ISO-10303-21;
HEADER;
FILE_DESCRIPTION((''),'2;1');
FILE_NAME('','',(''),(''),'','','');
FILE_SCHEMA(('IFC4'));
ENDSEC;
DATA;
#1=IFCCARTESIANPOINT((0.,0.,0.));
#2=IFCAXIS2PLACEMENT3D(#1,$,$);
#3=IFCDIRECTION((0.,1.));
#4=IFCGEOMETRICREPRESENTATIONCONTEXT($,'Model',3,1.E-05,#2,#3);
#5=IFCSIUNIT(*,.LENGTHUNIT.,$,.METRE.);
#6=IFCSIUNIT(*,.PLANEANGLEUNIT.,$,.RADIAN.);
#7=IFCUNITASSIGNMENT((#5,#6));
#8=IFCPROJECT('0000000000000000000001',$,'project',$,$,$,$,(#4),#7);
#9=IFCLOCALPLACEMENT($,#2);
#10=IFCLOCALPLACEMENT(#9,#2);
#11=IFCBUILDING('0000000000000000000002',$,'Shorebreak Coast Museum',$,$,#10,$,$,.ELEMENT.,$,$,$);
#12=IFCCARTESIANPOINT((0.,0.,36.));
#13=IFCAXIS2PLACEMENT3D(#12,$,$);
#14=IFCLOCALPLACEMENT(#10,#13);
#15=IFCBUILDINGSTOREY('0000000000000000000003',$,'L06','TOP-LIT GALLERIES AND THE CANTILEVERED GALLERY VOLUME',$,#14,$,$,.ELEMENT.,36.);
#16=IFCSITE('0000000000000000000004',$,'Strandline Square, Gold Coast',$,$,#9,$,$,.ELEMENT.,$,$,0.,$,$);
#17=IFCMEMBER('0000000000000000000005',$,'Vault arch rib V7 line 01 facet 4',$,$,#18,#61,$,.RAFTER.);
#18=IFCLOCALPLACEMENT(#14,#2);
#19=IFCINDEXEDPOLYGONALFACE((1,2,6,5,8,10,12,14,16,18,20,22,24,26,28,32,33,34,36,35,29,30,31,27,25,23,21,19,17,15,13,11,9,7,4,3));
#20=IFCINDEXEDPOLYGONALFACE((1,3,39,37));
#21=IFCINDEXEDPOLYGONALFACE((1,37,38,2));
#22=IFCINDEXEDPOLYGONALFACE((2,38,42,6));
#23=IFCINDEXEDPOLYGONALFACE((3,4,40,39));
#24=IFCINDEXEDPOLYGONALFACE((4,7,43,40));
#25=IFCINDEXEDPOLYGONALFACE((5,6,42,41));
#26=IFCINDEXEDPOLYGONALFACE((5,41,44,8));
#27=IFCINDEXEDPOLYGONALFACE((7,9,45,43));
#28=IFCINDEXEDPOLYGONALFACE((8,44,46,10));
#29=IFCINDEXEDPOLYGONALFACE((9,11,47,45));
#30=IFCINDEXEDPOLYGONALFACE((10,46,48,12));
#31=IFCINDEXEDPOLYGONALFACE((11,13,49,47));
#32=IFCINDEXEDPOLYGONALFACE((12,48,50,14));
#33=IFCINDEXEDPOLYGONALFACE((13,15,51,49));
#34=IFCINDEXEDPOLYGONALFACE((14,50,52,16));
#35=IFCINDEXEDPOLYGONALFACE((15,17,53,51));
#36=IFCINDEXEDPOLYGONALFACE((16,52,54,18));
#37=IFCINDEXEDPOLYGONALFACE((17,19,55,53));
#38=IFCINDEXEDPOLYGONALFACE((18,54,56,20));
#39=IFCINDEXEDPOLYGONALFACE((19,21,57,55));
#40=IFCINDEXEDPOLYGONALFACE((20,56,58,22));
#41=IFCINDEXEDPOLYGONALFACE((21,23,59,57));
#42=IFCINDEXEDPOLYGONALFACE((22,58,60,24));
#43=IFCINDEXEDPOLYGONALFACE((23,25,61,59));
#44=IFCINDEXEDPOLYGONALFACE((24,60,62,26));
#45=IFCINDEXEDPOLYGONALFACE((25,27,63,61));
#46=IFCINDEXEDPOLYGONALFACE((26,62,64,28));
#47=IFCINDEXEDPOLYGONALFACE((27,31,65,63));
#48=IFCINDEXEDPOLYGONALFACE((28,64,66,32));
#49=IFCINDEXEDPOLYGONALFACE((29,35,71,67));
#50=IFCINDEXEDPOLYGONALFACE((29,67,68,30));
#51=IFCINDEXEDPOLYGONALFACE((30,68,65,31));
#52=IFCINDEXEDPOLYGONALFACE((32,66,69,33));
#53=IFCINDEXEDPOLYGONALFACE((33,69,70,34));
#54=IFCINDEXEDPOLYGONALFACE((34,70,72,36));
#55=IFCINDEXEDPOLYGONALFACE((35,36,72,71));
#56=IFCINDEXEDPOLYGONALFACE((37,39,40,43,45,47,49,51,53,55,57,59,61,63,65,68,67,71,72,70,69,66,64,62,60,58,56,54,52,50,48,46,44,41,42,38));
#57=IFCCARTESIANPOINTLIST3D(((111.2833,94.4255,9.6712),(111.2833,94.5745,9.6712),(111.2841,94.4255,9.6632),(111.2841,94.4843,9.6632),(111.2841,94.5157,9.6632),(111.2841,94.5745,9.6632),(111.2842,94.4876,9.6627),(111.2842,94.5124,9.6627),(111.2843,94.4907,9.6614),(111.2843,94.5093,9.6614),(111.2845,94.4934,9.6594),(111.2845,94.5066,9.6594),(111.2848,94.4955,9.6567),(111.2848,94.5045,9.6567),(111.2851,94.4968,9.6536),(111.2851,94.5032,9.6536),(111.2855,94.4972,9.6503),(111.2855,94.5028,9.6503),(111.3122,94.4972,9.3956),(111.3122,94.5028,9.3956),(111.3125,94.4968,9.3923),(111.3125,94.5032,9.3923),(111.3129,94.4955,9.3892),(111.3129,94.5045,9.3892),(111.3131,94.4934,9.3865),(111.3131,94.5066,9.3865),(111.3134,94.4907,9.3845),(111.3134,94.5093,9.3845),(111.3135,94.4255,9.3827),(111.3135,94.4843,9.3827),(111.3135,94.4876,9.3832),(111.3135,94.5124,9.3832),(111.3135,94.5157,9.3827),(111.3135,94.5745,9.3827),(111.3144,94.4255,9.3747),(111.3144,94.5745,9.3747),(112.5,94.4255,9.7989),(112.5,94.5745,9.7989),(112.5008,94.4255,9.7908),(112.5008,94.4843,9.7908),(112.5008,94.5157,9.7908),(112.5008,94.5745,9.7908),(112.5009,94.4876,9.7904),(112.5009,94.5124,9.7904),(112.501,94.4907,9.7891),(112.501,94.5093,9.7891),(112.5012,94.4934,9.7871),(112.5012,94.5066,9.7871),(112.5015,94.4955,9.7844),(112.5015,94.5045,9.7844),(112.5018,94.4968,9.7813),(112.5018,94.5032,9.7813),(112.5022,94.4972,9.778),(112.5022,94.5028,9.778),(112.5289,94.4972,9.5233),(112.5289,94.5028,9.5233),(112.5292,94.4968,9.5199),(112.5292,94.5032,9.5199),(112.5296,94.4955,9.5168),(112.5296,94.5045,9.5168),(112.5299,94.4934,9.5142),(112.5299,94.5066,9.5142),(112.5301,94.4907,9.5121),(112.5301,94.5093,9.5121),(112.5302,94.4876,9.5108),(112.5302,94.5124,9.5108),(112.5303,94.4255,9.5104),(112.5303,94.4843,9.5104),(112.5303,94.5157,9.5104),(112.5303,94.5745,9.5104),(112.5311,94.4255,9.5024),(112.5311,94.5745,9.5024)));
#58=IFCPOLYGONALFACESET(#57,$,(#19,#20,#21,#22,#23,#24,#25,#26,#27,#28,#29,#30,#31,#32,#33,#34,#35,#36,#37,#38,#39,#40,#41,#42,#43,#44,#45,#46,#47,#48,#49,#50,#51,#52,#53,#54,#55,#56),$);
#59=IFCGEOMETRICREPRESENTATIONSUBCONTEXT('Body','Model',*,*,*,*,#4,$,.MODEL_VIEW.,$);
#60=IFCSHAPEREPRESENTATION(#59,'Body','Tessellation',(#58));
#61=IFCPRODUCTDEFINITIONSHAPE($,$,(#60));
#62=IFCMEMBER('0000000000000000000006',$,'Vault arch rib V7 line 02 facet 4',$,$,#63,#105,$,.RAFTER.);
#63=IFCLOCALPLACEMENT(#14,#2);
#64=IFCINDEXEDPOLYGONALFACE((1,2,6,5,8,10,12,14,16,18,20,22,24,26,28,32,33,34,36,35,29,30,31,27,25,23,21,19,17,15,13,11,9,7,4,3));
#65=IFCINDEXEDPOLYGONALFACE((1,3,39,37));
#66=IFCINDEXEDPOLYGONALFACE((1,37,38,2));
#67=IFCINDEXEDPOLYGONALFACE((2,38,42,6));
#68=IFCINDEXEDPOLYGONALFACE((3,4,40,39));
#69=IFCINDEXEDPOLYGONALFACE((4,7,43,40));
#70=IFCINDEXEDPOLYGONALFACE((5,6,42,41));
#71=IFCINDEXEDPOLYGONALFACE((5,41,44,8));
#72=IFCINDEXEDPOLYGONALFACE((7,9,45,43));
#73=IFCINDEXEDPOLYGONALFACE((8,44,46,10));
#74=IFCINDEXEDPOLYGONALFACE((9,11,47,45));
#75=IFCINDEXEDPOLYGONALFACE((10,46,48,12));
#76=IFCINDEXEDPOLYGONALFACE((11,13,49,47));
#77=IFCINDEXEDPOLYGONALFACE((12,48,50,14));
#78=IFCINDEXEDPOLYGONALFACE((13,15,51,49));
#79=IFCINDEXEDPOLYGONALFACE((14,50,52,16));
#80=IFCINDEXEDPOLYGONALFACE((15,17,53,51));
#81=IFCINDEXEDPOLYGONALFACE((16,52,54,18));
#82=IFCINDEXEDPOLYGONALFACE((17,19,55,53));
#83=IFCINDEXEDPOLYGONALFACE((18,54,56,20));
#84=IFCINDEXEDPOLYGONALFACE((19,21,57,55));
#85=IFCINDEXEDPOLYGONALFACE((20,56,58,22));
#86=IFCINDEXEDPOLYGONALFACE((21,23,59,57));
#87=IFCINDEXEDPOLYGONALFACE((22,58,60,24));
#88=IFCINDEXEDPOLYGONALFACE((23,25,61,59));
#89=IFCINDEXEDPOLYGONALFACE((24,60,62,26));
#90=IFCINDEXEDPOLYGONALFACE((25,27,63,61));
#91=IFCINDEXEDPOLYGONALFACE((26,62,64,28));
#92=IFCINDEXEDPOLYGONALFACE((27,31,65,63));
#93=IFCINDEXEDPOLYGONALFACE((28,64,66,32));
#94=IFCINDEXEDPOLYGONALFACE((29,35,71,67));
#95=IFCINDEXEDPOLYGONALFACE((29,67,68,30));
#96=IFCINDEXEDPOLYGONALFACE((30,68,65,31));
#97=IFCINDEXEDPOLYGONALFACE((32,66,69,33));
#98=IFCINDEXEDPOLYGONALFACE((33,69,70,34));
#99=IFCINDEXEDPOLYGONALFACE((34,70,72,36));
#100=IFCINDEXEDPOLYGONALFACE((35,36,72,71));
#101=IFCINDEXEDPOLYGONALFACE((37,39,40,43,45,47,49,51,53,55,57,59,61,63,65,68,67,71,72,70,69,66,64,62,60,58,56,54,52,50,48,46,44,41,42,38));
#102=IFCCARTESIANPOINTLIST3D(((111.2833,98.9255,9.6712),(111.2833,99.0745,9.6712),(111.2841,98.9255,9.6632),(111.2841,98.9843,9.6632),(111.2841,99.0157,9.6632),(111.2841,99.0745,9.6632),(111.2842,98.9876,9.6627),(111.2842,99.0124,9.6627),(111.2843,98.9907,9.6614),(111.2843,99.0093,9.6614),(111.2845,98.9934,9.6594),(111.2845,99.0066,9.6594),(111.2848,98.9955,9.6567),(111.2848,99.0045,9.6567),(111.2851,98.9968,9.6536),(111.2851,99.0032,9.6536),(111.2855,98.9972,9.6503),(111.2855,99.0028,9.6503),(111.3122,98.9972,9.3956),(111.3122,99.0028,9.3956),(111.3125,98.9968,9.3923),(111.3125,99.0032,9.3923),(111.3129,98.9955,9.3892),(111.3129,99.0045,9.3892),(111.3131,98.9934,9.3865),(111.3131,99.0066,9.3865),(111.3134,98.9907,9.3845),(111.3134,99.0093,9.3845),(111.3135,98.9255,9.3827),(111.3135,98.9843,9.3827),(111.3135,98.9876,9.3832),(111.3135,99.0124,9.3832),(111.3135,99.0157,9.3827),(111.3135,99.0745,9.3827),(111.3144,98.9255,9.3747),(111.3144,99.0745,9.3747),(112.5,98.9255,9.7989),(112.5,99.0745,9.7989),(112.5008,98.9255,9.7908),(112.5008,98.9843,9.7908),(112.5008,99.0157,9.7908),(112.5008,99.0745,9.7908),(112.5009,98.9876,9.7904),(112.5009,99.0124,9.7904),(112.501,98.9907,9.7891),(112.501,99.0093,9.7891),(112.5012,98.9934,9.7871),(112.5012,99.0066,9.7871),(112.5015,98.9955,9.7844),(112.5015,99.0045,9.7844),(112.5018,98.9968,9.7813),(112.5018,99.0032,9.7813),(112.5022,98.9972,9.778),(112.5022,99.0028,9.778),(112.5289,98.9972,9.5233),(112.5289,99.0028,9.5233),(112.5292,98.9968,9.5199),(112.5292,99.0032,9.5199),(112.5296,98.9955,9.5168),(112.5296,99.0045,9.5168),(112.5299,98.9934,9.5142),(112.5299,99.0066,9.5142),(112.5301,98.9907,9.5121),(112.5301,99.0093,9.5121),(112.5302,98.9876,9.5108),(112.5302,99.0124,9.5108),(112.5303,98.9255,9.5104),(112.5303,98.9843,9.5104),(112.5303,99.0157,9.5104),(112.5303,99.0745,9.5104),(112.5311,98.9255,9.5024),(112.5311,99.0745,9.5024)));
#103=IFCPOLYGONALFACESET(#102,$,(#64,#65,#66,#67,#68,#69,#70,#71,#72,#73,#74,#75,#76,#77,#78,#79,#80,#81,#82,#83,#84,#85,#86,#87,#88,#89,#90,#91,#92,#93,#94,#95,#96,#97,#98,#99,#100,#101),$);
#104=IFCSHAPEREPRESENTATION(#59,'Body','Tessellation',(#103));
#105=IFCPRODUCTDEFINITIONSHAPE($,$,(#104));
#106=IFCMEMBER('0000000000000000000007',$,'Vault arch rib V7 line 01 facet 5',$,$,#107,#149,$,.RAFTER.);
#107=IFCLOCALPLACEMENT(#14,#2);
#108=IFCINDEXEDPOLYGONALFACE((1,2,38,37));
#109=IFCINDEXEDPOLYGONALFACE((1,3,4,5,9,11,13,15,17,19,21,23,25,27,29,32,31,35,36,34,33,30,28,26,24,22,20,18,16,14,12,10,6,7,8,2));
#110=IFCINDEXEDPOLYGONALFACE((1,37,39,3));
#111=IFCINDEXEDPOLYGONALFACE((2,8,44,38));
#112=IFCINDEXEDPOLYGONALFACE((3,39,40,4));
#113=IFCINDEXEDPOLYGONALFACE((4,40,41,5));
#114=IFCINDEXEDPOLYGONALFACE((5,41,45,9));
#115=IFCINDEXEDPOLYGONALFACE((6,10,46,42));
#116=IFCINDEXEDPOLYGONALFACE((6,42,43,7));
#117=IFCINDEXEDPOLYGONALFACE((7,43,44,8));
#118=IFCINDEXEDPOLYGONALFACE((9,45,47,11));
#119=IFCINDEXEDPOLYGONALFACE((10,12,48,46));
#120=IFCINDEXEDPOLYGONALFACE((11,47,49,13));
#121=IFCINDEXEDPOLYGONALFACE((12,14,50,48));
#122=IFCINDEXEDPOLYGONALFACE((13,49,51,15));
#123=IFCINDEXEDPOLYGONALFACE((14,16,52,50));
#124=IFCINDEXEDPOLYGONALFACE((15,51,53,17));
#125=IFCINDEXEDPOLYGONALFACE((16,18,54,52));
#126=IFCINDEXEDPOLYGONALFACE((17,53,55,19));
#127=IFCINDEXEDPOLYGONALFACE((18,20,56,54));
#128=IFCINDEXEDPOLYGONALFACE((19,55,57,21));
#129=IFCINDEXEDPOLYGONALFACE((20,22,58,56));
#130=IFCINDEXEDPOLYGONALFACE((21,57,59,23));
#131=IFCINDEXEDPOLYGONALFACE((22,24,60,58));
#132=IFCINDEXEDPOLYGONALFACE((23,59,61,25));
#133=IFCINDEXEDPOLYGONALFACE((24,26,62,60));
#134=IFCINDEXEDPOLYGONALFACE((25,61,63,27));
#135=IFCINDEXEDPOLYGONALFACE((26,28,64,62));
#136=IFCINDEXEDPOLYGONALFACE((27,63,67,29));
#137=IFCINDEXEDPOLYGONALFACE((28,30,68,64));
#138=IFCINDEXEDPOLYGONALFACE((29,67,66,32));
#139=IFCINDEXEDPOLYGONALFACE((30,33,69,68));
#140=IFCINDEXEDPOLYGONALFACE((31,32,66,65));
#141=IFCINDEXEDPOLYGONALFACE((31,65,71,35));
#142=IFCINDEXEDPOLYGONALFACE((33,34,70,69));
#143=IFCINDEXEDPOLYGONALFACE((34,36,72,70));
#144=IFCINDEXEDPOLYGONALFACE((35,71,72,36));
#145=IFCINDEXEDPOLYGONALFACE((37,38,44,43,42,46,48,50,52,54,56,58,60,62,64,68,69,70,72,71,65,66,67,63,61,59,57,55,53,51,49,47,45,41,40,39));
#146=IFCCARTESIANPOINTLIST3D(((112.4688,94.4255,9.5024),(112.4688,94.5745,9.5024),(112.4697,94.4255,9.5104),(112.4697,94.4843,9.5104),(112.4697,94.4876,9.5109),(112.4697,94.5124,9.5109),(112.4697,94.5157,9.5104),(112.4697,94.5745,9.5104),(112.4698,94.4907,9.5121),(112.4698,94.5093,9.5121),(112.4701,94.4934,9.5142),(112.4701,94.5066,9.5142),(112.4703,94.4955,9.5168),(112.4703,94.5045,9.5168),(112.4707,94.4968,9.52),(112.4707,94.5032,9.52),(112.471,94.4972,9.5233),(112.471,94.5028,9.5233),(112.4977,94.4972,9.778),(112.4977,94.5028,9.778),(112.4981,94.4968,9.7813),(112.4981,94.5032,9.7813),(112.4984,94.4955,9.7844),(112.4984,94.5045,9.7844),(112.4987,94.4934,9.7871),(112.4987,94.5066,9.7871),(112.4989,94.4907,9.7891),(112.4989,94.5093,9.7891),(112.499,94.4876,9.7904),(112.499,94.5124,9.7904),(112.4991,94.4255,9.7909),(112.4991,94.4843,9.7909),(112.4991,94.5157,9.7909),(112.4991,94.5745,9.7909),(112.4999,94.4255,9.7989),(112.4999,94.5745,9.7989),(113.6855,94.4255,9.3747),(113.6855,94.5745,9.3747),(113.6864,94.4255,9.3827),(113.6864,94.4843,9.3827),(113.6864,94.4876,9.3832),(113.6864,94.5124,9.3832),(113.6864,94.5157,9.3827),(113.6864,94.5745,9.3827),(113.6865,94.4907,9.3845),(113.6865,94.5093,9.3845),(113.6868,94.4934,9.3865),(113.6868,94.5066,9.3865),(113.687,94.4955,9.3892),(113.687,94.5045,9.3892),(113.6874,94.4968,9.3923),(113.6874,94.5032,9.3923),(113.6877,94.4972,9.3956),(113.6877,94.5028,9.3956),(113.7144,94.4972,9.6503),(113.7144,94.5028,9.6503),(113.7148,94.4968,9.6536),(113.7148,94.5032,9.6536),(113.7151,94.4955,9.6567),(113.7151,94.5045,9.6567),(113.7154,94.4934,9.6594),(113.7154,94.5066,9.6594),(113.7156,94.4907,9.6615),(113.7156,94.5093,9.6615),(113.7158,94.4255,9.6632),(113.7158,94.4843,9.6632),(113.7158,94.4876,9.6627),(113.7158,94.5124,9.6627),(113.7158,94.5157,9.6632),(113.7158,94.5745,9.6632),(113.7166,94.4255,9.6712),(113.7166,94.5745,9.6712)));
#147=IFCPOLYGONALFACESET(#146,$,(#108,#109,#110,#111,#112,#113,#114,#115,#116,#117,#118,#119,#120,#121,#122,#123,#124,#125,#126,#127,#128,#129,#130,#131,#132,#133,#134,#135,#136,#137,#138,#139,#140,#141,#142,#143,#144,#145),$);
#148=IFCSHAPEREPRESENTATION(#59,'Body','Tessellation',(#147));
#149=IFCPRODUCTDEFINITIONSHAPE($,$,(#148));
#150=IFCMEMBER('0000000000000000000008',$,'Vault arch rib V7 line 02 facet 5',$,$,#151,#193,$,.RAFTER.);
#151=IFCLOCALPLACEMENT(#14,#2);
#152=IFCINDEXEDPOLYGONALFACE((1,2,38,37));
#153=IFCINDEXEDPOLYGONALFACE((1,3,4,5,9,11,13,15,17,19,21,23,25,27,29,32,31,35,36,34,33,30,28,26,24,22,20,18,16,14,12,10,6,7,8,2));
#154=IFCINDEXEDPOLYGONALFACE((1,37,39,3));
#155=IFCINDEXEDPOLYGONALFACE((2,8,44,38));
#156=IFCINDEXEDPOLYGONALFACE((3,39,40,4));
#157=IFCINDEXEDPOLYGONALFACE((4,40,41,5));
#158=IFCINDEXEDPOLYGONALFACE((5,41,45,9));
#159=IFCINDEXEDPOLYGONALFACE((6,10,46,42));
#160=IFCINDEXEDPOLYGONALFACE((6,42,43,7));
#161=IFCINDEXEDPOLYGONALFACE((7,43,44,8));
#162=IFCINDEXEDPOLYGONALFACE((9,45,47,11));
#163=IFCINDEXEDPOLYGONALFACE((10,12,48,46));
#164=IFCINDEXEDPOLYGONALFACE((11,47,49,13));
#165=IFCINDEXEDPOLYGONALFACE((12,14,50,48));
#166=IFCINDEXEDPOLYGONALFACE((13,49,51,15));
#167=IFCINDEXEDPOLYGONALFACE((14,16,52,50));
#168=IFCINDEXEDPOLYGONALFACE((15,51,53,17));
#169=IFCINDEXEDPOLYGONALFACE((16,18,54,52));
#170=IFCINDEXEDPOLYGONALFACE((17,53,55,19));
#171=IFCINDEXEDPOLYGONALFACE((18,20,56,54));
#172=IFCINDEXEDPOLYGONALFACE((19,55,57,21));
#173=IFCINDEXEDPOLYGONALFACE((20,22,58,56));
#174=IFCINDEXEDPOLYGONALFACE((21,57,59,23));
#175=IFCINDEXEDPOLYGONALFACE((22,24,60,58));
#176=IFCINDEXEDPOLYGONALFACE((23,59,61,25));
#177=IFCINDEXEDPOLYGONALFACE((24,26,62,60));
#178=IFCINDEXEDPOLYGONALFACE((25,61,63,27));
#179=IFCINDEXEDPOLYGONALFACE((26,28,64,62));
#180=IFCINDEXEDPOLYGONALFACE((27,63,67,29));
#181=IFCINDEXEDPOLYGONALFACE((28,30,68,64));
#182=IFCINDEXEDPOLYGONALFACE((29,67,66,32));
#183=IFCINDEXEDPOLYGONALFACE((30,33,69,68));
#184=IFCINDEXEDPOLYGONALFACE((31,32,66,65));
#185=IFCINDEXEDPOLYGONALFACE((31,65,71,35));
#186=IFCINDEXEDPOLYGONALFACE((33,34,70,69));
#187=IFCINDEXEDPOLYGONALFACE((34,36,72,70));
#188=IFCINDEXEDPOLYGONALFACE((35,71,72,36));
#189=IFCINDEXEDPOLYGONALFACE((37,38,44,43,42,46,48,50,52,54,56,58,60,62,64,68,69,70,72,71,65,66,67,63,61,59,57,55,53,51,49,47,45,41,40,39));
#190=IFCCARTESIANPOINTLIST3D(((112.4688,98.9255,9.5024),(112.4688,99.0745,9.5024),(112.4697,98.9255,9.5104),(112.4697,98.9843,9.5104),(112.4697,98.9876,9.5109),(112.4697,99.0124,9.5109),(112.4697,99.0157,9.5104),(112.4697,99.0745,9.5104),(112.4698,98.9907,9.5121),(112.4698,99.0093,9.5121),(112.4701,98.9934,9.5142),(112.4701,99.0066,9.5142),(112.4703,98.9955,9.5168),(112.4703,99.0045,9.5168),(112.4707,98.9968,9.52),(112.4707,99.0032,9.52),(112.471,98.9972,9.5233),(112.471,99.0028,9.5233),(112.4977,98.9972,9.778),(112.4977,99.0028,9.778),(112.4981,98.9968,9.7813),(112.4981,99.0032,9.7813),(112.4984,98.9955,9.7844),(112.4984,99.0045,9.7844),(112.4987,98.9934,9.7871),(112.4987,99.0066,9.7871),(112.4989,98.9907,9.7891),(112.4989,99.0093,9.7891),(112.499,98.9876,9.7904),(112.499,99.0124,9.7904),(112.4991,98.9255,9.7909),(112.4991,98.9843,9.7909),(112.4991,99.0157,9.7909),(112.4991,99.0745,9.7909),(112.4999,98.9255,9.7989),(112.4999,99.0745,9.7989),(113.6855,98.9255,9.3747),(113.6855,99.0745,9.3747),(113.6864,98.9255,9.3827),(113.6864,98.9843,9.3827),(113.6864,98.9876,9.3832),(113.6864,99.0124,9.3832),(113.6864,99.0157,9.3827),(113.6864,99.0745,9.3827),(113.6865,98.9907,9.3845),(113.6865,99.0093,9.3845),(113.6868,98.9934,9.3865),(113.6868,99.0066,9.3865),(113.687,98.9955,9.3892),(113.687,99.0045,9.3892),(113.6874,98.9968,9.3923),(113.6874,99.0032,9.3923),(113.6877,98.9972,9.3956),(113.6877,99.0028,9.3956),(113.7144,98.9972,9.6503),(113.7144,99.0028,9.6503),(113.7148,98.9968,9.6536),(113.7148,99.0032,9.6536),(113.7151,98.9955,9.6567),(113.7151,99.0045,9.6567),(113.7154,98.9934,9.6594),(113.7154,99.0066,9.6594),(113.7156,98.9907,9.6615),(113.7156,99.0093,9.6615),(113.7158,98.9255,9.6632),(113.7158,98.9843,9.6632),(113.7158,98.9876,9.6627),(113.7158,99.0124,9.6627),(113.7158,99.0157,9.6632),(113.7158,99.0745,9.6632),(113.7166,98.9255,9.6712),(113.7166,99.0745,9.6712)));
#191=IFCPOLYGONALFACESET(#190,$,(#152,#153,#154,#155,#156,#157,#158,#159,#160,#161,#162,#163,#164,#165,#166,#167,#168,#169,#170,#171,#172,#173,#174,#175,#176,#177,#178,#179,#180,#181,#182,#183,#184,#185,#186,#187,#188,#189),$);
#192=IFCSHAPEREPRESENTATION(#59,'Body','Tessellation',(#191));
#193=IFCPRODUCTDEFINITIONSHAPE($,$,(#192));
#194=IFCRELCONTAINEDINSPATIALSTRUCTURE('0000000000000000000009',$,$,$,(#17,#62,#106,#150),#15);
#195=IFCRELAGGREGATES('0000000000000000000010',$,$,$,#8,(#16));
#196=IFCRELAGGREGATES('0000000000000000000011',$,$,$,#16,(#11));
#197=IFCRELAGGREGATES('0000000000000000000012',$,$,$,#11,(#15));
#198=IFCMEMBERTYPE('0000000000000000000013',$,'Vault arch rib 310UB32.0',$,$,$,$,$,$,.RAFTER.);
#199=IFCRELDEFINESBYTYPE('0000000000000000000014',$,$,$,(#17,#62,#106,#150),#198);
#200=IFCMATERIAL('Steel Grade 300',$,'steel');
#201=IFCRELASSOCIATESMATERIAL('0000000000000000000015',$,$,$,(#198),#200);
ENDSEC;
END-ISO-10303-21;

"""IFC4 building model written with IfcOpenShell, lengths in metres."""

from ifc_helpers import new_model, si_unit, direction, frame, origin, origin_2d, place, context, subcontext, project, spatial, i_section, extrude, material, material_profile, profile_set, type_object, element, save


model = new_model("IFC4")

# Units and contexts
model_context = context("Model", 3, precision=1e-05, world=origin(), true_north=direction((0.0, 1.0)))
body_context = subcontext(model_context, "Body", "Model", "MODEL_VIEW")
ifc_project = project(units=[si_unit("LENGTHUNIT", "METRE"), si_unit("PLANEANGLEUNIT", "RADIAN")], contexts=[model_context])

# Site, building, storey
site_placement = place(None, origin())
site = spatial("IfcSite", under=ifc_project, at=site_placement, Name="Strandline Square, Gold Coast", CompositionType="ELEMENT", RefElevation=0.0)
building_placement = place(site_placement, origin())
building = spatial("IfcBuilding", under=site, at=building_placement, Name="Shorebreak Coast Museum", CompositionType="ELEMENT")
storey_placement = place(building_placement, frame((0.0, 0.0, 36.0)))
storey = spatial("IfcBuildingStorey", under=building, at=storey_placement, Name="L06", Description="TOP-LIT GALLERIES AND THE CANTILEVERED GALLERY VOLUME", CompositionType="ELEMENT", Elevation=36.0)

# Members
ifc_material_1 = material(Name="Steel Grade 300", Category="steel")
ifc_material_profile_1 = material_profile(ifc_material_1, i_section(OverallWidth=0.1489, OverallDepth=0.2981, WebThickness=0.0056, FlangeThickness=0.0081, FilletRadius=0.0129, at=origin_2d()), Name="310UB32.0")
ifc_profile_set_1 = profile_set([ifc_material_profile_1], Name="Steel Grade 300")
member_type_1 = type_object("IfcMemberType", Name="Vault arch rib 310UB32.0", PredefinedType="RAFTER", material=ifc_profile_set_1)
for number, where, z_axis, x_axis, name in (
    (1, (111.2988, 94.5, 9.5229), (0.994539, 0.0, 0.104363), (0.0, 1.0, 0.0), "Vault arch rib V7 line 01 facet 4"),
    (2, (111.2988, 99.0, 9.5229), (0.994539, 0.0, 0.104363), (0.0, 1.0, 0.0), "Vault arch rib V7 line 02 facet 4"),
    (3, (112.4844, 94.5, 9.6506), (0.994539, 0.0, -0.104363), (0.0, 1.0, 0.0), "Vault arch rib V7 line 01 facet 5"),
    (4, (112.4844, 99.0, 9.6506), (0.994539, 0.0, -0.104363), (0.0, 1.0, 0.0), "Vault arch rib V7 line 02 facet 5"),
):
    element("IfcMember", number, at=place(storey_placement, frame(where, z_axis=z_axis, x_axis=x_axis)), inside=storey, type_object=member_type_1, Name=name, PredefinedType="RAFTER", context=body_context, shape_type="SweptSolid", body=[
        extrude(i_section(OverallWidth=0.1489, OverallDepth=0.2981, WebThickness=0.0056, FlangeThickness=0.0081, FilletRadius=0.0129, at=origin_2d()), origin(), (0.0, 0.0, 1.0), 1.2234),
    ])

save(model, "model.ifc")
